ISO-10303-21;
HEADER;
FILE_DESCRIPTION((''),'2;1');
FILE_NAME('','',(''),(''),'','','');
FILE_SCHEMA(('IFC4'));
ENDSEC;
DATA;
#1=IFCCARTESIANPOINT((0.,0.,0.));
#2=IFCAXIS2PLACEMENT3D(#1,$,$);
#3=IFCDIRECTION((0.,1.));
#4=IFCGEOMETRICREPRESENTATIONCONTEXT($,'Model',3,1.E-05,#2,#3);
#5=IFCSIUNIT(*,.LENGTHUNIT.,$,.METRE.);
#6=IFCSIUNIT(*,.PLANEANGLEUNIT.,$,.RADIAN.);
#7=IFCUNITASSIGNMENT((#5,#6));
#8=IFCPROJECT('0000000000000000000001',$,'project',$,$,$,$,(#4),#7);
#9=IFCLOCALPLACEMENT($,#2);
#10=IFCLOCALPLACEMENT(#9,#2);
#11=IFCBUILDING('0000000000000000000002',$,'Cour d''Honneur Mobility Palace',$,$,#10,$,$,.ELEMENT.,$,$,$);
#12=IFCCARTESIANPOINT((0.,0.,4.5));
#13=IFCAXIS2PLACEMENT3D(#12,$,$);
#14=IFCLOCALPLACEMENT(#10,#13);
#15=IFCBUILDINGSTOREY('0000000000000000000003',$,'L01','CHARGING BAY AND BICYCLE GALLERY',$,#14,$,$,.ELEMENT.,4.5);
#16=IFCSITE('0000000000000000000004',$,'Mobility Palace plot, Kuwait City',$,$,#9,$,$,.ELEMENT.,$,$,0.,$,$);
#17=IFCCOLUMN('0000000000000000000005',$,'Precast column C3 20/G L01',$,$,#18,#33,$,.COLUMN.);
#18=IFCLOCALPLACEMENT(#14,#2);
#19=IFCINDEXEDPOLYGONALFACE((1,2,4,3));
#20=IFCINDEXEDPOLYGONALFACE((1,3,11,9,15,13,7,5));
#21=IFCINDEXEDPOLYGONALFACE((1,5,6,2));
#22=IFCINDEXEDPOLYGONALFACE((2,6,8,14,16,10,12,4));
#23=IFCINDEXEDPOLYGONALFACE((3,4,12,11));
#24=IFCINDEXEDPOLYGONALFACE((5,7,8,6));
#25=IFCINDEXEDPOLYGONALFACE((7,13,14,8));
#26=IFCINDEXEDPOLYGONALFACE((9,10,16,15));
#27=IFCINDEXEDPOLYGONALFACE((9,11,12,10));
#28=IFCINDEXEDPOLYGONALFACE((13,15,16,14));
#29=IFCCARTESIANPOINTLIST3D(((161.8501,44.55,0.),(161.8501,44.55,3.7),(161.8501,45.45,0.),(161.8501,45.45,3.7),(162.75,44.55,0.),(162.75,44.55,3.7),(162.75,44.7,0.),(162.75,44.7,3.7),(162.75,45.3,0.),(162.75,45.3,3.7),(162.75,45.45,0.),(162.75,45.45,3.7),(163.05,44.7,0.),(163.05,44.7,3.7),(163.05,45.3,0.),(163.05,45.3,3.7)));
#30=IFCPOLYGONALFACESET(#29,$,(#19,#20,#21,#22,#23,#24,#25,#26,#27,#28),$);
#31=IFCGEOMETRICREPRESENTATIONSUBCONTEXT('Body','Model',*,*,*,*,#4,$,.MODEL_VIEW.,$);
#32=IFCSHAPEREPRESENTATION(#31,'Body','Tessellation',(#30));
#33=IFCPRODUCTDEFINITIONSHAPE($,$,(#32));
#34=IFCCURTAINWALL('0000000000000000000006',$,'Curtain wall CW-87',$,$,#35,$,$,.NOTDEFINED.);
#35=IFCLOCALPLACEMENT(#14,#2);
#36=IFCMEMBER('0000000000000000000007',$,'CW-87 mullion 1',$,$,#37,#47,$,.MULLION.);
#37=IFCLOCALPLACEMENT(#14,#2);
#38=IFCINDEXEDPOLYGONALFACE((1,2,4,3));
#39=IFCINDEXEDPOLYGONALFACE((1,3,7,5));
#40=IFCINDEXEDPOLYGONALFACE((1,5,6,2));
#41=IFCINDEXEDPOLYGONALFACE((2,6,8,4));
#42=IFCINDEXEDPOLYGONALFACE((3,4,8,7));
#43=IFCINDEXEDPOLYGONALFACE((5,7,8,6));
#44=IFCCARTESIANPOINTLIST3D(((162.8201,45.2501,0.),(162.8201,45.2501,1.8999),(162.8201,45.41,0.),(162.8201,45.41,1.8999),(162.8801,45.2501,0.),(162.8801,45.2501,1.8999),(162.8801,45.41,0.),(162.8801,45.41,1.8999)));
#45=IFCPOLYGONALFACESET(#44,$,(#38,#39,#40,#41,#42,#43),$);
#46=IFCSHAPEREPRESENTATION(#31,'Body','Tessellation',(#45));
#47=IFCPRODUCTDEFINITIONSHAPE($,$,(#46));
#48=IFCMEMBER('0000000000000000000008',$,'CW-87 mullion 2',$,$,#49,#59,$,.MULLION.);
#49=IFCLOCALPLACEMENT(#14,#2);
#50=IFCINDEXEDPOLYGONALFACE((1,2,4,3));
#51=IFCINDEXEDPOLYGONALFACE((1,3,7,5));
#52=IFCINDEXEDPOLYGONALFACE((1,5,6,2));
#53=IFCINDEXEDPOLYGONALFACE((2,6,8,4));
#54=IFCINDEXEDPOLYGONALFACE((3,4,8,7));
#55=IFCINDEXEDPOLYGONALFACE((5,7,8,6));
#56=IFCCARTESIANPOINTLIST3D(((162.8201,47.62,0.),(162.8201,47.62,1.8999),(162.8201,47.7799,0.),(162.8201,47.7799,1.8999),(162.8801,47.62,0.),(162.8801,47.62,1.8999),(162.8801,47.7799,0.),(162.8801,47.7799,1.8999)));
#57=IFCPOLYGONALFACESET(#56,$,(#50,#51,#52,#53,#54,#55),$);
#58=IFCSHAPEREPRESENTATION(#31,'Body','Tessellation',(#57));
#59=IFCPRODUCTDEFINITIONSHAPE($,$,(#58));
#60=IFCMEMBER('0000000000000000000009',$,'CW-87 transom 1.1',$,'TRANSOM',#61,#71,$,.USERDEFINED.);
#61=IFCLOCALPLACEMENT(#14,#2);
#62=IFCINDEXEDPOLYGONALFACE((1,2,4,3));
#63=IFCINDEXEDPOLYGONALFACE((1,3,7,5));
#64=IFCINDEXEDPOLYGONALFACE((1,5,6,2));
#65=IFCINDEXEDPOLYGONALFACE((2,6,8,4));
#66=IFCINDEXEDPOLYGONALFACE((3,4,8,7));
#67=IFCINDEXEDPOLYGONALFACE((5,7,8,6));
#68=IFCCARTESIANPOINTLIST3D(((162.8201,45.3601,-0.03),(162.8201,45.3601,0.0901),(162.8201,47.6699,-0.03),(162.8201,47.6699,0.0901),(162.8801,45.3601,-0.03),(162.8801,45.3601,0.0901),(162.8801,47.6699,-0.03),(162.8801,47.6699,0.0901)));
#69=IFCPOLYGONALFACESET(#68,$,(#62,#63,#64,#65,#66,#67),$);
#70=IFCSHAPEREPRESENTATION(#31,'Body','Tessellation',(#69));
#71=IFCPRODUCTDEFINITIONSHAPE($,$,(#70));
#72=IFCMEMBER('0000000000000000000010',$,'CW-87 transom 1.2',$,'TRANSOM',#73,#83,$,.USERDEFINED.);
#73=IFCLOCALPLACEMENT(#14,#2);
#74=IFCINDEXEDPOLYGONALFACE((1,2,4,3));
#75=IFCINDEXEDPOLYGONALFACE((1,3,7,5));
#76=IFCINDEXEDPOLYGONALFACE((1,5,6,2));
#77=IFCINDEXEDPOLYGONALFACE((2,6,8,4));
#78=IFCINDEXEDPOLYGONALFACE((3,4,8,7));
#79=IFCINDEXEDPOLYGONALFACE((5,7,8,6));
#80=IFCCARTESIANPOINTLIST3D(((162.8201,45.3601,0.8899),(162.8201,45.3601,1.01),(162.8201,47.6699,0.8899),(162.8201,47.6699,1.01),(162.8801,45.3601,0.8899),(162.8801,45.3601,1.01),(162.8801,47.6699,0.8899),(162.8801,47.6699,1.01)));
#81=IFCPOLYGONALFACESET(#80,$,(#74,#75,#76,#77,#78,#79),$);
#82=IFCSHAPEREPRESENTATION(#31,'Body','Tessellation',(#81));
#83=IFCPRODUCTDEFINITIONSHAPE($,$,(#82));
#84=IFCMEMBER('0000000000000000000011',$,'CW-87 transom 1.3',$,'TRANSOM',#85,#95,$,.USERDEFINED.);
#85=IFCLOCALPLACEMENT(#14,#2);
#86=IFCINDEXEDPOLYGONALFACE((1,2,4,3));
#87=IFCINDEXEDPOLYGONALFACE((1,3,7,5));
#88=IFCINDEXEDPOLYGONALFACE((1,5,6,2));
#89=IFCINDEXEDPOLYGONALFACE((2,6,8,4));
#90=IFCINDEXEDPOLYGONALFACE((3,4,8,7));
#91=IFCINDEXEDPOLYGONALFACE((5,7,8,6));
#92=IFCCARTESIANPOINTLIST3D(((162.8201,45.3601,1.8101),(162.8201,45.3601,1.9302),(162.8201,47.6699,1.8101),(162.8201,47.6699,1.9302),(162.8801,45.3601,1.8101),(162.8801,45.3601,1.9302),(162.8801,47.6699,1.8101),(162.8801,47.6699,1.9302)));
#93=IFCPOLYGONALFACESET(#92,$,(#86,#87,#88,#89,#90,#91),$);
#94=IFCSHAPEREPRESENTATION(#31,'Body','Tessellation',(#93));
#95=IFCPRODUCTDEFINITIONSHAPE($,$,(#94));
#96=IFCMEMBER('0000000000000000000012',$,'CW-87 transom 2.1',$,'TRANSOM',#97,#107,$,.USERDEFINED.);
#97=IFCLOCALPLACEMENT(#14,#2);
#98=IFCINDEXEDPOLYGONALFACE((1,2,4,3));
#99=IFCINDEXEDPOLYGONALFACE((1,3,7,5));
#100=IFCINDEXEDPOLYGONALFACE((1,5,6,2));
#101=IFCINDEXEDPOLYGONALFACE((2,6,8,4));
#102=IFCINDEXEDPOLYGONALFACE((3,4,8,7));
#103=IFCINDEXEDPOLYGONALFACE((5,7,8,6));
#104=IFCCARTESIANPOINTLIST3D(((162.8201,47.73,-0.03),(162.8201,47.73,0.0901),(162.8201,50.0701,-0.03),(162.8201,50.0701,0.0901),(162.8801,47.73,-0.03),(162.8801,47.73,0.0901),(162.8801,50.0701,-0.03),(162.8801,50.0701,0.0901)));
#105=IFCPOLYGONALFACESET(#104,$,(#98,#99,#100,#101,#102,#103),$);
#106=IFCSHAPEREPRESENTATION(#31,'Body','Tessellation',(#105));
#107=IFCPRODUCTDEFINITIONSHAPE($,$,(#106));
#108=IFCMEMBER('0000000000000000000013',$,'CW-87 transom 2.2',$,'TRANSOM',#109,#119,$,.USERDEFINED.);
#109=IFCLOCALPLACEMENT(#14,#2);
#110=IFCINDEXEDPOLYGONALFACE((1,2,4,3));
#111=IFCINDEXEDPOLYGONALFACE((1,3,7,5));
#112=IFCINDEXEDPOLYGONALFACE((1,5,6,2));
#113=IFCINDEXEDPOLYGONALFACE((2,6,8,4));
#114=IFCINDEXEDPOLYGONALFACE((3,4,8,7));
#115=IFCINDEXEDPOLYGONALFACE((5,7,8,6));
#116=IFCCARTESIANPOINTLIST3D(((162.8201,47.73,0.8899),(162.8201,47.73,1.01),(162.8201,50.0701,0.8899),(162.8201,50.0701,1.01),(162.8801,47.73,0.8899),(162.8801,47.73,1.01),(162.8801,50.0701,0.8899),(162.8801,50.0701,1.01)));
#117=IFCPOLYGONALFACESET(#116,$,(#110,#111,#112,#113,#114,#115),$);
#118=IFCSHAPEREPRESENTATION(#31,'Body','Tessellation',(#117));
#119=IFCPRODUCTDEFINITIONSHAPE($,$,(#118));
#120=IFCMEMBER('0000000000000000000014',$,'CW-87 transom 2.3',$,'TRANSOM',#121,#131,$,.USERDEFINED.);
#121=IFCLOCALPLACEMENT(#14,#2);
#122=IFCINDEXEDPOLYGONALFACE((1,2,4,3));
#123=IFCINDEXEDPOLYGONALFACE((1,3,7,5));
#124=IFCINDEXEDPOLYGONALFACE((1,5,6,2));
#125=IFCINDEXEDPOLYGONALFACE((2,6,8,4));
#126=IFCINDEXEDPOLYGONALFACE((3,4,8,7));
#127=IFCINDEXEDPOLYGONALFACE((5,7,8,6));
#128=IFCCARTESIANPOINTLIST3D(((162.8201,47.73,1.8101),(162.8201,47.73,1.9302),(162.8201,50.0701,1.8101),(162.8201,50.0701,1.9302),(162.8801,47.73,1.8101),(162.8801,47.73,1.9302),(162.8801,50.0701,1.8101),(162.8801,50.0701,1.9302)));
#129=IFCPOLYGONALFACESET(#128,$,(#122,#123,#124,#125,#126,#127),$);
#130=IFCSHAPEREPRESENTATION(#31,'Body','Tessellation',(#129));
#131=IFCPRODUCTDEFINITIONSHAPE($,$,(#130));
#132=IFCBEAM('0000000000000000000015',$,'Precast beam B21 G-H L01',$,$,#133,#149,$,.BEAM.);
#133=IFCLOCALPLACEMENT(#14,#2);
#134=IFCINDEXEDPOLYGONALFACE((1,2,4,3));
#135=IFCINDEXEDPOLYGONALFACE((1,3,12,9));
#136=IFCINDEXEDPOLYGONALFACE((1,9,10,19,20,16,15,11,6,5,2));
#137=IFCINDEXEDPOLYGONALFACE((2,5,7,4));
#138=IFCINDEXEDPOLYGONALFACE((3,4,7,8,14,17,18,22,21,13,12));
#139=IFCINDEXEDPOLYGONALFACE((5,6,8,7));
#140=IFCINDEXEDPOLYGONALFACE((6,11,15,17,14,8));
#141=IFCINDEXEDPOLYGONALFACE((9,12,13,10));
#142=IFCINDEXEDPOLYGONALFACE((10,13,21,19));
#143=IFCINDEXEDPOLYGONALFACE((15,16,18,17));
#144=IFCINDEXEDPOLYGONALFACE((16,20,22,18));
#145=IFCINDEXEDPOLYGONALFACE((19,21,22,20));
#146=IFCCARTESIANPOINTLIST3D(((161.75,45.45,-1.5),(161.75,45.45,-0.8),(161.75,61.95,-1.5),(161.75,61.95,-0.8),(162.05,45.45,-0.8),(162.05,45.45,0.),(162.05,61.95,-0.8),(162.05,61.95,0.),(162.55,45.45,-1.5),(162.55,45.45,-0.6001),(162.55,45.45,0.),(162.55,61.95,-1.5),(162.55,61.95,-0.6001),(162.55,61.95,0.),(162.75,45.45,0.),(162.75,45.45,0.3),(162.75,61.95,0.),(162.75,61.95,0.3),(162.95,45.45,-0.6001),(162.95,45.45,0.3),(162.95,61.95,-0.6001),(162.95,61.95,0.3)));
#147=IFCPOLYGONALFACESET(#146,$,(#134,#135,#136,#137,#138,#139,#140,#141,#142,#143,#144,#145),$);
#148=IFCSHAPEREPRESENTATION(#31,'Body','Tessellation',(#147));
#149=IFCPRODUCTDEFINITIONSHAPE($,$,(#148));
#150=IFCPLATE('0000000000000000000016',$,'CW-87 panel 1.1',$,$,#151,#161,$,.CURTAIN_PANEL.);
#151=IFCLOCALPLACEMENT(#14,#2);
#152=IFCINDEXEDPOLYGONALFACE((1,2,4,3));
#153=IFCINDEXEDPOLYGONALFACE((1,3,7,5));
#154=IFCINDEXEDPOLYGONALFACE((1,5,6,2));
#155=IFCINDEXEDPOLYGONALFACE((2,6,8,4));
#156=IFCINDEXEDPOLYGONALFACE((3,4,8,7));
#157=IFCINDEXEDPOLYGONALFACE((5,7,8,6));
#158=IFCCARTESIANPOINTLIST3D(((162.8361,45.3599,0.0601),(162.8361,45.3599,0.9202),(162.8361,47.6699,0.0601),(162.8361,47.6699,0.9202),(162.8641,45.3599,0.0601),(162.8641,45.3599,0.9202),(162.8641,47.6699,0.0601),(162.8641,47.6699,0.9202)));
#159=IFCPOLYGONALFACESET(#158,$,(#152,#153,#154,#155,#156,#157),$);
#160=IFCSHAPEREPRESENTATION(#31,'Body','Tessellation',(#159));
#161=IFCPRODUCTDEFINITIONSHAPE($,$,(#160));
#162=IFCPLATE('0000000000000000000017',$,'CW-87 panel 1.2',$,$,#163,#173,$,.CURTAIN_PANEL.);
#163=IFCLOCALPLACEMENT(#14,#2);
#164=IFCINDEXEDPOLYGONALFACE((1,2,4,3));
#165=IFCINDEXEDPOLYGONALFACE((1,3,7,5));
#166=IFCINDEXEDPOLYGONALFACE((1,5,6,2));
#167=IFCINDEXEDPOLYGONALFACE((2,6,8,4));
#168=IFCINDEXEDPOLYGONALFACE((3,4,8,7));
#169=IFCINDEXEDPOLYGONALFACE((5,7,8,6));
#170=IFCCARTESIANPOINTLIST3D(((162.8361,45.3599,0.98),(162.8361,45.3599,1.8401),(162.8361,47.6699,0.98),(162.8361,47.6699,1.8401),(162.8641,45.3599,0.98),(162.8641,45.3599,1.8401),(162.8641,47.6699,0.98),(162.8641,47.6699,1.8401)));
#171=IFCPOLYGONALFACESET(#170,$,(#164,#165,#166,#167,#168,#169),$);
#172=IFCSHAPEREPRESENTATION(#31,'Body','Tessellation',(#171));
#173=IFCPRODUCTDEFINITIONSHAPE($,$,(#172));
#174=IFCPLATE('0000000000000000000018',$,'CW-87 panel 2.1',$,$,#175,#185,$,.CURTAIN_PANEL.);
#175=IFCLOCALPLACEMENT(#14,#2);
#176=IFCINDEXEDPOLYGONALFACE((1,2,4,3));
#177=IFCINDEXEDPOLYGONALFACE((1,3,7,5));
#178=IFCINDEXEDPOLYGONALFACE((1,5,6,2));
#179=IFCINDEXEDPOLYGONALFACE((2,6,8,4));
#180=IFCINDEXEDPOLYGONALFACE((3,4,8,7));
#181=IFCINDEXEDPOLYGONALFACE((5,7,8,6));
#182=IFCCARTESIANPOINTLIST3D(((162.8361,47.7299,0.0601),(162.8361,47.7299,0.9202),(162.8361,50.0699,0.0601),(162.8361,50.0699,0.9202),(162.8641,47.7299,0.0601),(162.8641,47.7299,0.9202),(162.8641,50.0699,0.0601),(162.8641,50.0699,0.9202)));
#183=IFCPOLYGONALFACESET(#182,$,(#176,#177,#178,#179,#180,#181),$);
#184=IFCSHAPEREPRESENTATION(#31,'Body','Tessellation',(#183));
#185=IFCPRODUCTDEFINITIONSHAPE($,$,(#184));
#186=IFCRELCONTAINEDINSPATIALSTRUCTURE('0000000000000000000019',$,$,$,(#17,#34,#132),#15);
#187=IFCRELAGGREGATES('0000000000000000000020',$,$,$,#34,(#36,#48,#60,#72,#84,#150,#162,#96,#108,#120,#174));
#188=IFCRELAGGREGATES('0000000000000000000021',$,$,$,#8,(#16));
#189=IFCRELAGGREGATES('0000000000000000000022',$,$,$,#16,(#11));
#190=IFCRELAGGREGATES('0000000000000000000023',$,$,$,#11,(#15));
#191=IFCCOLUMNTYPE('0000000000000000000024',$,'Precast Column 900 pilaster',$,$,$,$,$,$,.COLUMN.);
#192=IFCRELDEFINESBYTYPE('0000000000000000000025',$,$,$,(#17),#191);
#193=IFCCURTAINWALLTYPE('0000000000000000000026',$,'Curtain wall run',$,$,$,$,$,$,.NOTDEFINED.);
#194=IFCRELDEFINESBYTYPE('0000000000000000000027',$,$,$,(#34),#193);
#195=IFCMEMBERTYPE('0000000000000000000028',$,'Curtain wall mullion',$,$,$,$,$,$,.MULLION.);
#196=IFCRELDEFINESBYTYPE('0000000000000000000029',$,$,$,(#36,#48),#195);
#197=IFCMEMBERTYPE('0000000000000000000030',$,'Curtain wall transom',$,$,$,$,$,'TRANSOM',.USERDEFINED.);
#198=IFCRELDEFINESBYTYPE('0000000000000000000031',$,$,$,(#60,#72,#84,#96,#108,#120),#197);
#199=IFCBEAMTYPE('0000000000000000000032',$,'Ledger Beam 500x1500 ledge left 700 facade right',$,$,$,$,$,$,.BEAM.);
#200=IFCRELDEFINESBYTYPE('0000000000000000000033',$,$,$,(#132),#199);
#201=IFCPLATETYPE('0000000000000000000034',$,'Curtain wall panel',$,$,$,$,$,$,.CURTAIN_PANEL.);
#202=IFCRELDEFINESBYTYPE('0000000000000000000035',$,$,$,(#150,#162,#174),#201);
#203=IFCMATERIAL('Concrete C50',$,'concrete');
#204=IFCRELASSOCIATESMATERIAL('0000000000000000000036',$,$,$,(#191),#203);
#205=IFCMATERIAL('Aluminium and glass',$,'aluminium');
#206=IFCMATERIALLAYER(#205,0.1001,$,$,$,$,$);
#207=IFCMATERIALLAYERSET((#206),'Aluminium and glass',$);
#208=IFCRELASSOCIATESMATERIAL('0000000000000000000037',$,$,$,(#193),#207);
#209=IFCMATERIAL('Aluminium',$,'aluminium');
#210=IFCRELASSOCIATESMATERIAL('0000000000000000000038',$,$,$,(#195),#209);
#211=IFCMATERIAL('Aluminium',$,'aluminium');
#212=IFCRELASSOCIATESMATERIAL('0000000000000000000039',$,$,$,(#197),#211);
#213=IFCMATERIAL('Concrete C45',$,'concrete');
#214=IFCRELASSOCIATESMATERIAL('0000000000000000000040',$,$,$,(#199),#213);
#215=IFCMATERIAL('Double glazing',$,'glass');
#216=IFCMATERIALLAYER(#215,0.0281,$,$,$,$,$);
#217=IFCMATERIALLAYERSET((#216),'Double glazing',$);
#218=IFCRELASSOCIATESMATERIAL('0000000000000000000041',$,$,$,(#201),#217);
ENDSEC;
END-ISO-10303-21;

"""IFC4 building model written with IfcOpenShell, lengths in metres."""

from ifc_helpers import new_model, si_unit, direction, frame, origin, origin_2d, place, context, subcontext, project, spatial, polyline, rectangle, outline, extrude, material, layer, layer_set, material_profile, profile_set, type_object, element, aggregate, save


model = new_model("IFC4")

# Units and contexts
model_context = context("Model", 3, precision=1e-05, world=origin(), true_north=direction((0.0, 1.0)))
body_context = subcontext(model_context, "Body", "Model", "MODEL_VIEW")
ifc_project = project(units=[si_unit("LENGTHUNIT", "METRE"), si_unit("PLANEANGLEUNIT", "RADIAN")], contexts=[model_context])

# Site, building, storey
site_placement = place(None, origin())
site = spatial("IfcSite", under=ifc_project, at=site_placement, Name="Mobility Palace plot, Kuwait City", CompositionType="ELEMENT", RefElevation=0.0)
building_placement = place(site_placement, origin())
building = spatial("IfcBuilding", under=site, at=building_placement, Name="Cour d'Honneur Mobility Palace", CompositionType="ELEMENT")
storey_placement = place(building_placement, frame((0.0, 0.0, 4.5)))
storey = spatial("IfcBuildingStorey", under=building, at=storey_placement, Name="L01", Description="CHARGING BAY AND BICYCLE GALLERY", CompositionType="ELEMENT", Elevation=4.5)

# Column
ifc_material_1 = material(Name="Concrete C50", Category="concrete")
ifc_material_profile_1 = material_profile(ifc_material_1, outline(polyline([(-0.45, -0.45), (0.45, -0.45), (0.45, -0.3), (0.75, -0.3), (0.75, 0.3), (0.45, 0.3), (0.45, 0.45), (-0.45, 0.45), (-0.45, -0.45)])), Name="PC C900 pilaster")
ifc_profile_set_1 = profile_set([ifc_material_profile_1], Name="Concrete C50")
column_type = type_object("IfcColumnType", Name="Precast Column 900 pilaster", PredefinedType="COLUMN", material=ifc_profile_set_1)
column_placement = place(storey_placement, frame((162.3, 45.0, 0.0), z_axis=(0.0, 0.0, 1.0), x_axis=(1.0, 0.0, 0.0)))
element("IfcColumn", 1, at=column_placement, inside=storey, type_object=column_type, Name="Precast column C3 20/G L01", PredefinedType="COLUMN", context=body_context, shape_type="SweptSolid", body=[
    extrude(outline(polyline([(-0.45, -0.45), (0.45, -0.45), (0.45, -0.3), (0.75, -0.3), (0.75, 0.3), (0.45, 0.3), (0.45, 0.45), (-0.45, 0.45), (-0.45, -0.45)])), origin(), (0.0, 0.0, 1.0), 3.7),
])

# Curtain wall, members
ifc_material_2 = material(Name="Aluminium and glass", Category="aluminium")
ifc_layer_1 = layer(ifc_material_2, 0.1001)
ifc_layer_set_1 = layer_set([ifc_layer_1], Name="Aluminium and glass")
curtain_wall_type = type_object("IfcCurtainWallType", Name="Curtain wall run", PredefinedType="NOTDEFINED", material=ifc_layer_set_1)
curtain_wall_placement = place(storey_placement, origin())
curtain_wall = element("IfcCurtainWall", 2, at=curtain_wall_placement, inside=storey, type_object=curtain_wall_type, Name="Curtain wall CW-87", PredefinedType="NOTDEFINED")
ifc_material_3 = material(Name="Aluminium", Category="aluminium")
ifc_material_profile_2 = material_profile(ifc_material_3, rectangle(XDim=0.0601, YDim=0.1599, at=origin_2d()), Name="Curtain wall mullion")
ifc_profile_set_2 = profile_set([ifc_material_profile_2], Name="Aluminium")
member_type_1 = type_object("IfcMemberType", Name="Curtain wall mullion", PredefinedType="MULLION", material=ifc_profile_set_2)
member_1_placement = place(storey_placement, frame((162.8501, 45.3301, 0.0), z_axis=(0.0, 0.0, 1.0), x_axis=(-1.0, 0.0, 0.0)))
member_1 = element("IfcMember", 3, at=member_1_placement, type_object=member_type_1, Name="CW-87 mullion 1", PredefinedType="MULLION", context=body_context, shape_type="SweptSolid", body=[
    extrude(rectangle(XDim=0.0601, YDim=0.1599, at=origin_2d()), origin(), (0.0, 0.0, 1.0), 1.8999),
])
member_2_placement = place(storey_placement, frame((162.8501, 47.7, 0.0), z_axis=(0.0, 0.0, 1.0), x_axis=(-1.0, 0.0, 0.0)))
member_2 = element("IfcMember", 4, at=member_2_placement, type_object=member_type_1, Name="CW-87 mullion 2", PredefinedType="MULLION", context=body_context, shape_type="SweptSolid", body=[
    extrude(rectangle(XDim=0.0601, YDim=0.1599, at=origin_2d()), origin(), (0.0, 0.0, 1.0), 1.8999),
])
ifc_material_4 = material(Name="Aluminium", Category="aluminium")
ifc_material_profile_3 = material_profile(ifc_material_4, rectangle(XDim=0.0601, YDim=0.1201, at=origin_2d()), Name="Curtain wall transom")
ifc_profile_set_3 = profile_set([ifc_material_profile_3], Name="Aluminium")
member_type_2 = type_object("IfcMemberType", Name="Curtain wall transom", ElementType="TRANSOM", PredefinedType="USERDEFINED", material=ifc_profile_set_3)
member_3_placement = place(storey_placement, frame((162.8501, 45.3601, 0.03), z_axis=(0.0, 1.0, 0.0), x_axis=(-1.0, 0.0, 0.0)))
member_3 = element("IfcMember", 5, at=member_3_placement, type_object=member_type_2, Name="CW-87 transom 1.1", ObjectType="TRANSOM", PredefinedType="USERDEFINED", context=body_context, shape_type="SweptSolid", body=[
    extrude(rectangle(XDim=0.0601, YDim=0.1201, at=origin_2d()), origin(), (0.0, 0.0, 1.0), 2.3098),
])
member_4_placement = place(storey_placement, frame((162.8501, 45.3601, 0.95), z_axis=(0.0, 1.0, 0.0), x_axis=(-1.0, 0.0, 0.0)))
member_4 = element("IfcMember", 6, at=member_4_placement, type_object=member_type_2, Name="CW-87 transom 1.2", ObjectType="TRANSOM", PredefinedType="USERDEFINED", context=body_context, shape_type="SweptSolid", body=[
    extrude(rectangle(XDim=0.0601, YDim=0.1201, at=origin_2d()), origin(), (0.0, 0.0, 1.0), 2.3098),
])
member_5_placement = place(storey_placement, frame((162.8501, 45.3601, 1.8701), z_axis=(0.0, 1.0, 0.0), x_axis=(-1.0, 0.0, 0.0)))
member_5 = element("IfcMember", 7, at=member_5_placement, type_object=member_type_2, Name="CW-87 transom 1.3", ObjectType="TRANSOM", PredefinedType="USERDEFINED", context=body_context, shape_type="SweptSolid", body=[
    extrude(rectangle(XDim=0.0601, YDim=0.1201, at=origin_2d()), origin(), (0.0, 0.0, 1.0), 2.3098),
])
member_6_placement = place(storey_placement, frame((162.8501, 47.73, 0.03), z_axis=(0.0, 1.0, 0.0), x_axis=(-1.0, 0.0, 0.0)))
member_6 = element("IfcMember", 8, at=member_6_placement, type_object=member_type_2, Name="CW-87 transom 2.1", ObjectType="TRANSOM", PredefinedType="USERDEFINED", context=body_context, shape_type="SweptSolid", body=[
    extrude(rectangle(XDim=0.0601, YDim=0.1201, at=origin_2d()), origin(), (0.0, 0.0, 1.0), 2.3401),
])
member_7_placement = place(storey_placement, frame((162.8501, 47.73, 0.95), z_axis=(0.0, 1.0, 0.0), x_axis=(-1.0, 0.0, 0.0)))
member_7 = element("IfcMember", 9, at=member_7_placement, type_object=member_type_2, Name="CW-87 transom 2.2", ObjectType="TRANSOM", PredefinedType="USERDEFINED", context=body_context, shape_type="SweptSolid", body=[
    extrude(rectangle(XDim=0.0601, YDim=0.1201, at=origin_2d()), origin(), (0.0, 0.0, 1.0), 2.3401),
])
member_8_placement = place(storey_placement, frame((162.8501, 47.73, 1.8701), z_axis=(0.0, 1.0, 0.0), x_axis=(-1.0, 0.0, 0.0)))
member_8 = element("IfcMember", 10, at=member_8_placement, type_object=member_type_2, Name="CW-87 transom 2.3", ObjectType="TRANSOM", PredefinedType="USERDEFINED", context=body_context, shape_type="SweptSolid", body=[
    extrude(rectangle(XDim=0.0601, YDim=0.1201, at=origin_2d()), origin(), (0.0, 0.0, 1.0), 2.3401),
])

# Beam
ifc_material_5 = material(Name="Concrete C45", Category="concrete")
ifc_material_profile_4 = material_profile(ifc_material_5, outline(polyline([(0.55, -1.5), (0.55, -0.8), (0.25, -0.8), (0.25, 0.0), (-0.25, 0.0), (-0.45, 0.0), (-0.45, 0.3), (-0.6499, 0.3), (-0.6499, -0.6001), (-0.25, -0.6001), (-0.25, -1.5), (0.55, -1.5)])), Name="Ledger Beam 500x1500 ledge left 700 facade right")
ifc_profile_set_4 = profile_set([ifc_material_profile_4], Name="Concrete C45")
beam_type = type_object("IfcBeamType", Name="Ledger Beam 500x1500 ledge left 700 facade right", PredefinedType="BEAM", material=ifc_profile_set_4)
beam_placement = place(storey_placement, frame((162.3, 45.45, 0.0), z_axis=(0.0, 1.0, 0.0), x_axis=(-1.0, 0.0, 0.0)))
element("IfcBeam", 11, at=beam_placement, inside=storey, type_object=beam_type, Name="Precast beam B21 G-H L01", PredefinedType="BEAM", context=body_context, shape_type="SweptSolid", body=[
    extrude(outline(polyline([(0.55, -1.5), (0.55, -0.8), (0.25, -0.8), (0.25, 0.0), (-0.25, 0.0), (-0.45, 0.0), (-0.45, 0.3), (-0.6499, 0.3), (-0.6499, -0.6001), (-0.25, -0.6001), (-0.25, -1.5), (0.55, -1.5)])), origin(), (0.0, 0.0, 1.0), 16.5),
])

# Plates
ifc_material_6 = material(Name="Double glazing", Category="glass")
ifc_layer_2 = layer(ifc_material_6, 0.0281)
ifc_layer_set_2 = layer_set([ifc_layer_2], Name="Double glazing")
plate_type = type_object("IfcPlateType", Name="Curtain wall panel", PredefinedType="CURTAIN_PANEL", material=ifc_layer_set_2)
plate_1_placement = place(storey_placement, frame((162.8501, 46.5149, 0.0601), z_axis=(0.0, 0.0, 1.0), x_axis=(0.0, 1.0, 0.0)))
plate_1 = element("IfcPlate", 12, at=plate_1_placement, type_object=plate_type, Name="CW-87 panel 1.1", PredefinedType="CURTAIN_PANEL", context=body_context, shape_type="SweptSolid", body=[
    extrude(rectangle(XDim=2.3101, YDim=0.0281, at=origin_2d()), origin(), (0.0, 0.0, 1.0), 0.8601),
])
plate_2_placement = place(storey_placement, frame((162.8501, 46.5149, 0.98), z_axis=(0.0, 0.0, 1.0), x_axis=(0.0, 1.0, 0.0)))
plate_2 = element("IfcPlate", 13, at=plate_2_placement, type_object=plate_type, Name="CW-87 panel 1.2", PredefinedType="CURTAIN_PANEL", context=body_context, shape_type="SweptSolid", body=[
    extrude(rectangle(XDim=2.3101, YDim=0.0281, at=origin_2d()), origin(), (0.0, 0.0, 1.0), 0.8601),
])
plate_3_placement = place(storey_placement, frame((162.8501, 48.8999, 0.0601), z_axis=(0.0, 0.0, 1.0), x_axis=(0.0, 1.0, 0.0)))
plate_3 = element("IfcPlate", 14, at=plate_3_placement, type_object=plate_type, Name="CW-87 panel 2.1", PredefinedType="CURTAIN_PANEL", context=body_context, shape_type="SweptSolid", body=[
    extrude(rectangle(XDim=2.3401, YDim=0.0281, at=origin_2d()), origin(), (0.0, 0.0, 1.0), 0.8601),
])
aggregate(curtain_wall, [member_1, member_2, member_3, member_4, member_5, plate_1, plate_2, member_6, member_7, member_8, plate_3])

save(model, "model.ifc")
